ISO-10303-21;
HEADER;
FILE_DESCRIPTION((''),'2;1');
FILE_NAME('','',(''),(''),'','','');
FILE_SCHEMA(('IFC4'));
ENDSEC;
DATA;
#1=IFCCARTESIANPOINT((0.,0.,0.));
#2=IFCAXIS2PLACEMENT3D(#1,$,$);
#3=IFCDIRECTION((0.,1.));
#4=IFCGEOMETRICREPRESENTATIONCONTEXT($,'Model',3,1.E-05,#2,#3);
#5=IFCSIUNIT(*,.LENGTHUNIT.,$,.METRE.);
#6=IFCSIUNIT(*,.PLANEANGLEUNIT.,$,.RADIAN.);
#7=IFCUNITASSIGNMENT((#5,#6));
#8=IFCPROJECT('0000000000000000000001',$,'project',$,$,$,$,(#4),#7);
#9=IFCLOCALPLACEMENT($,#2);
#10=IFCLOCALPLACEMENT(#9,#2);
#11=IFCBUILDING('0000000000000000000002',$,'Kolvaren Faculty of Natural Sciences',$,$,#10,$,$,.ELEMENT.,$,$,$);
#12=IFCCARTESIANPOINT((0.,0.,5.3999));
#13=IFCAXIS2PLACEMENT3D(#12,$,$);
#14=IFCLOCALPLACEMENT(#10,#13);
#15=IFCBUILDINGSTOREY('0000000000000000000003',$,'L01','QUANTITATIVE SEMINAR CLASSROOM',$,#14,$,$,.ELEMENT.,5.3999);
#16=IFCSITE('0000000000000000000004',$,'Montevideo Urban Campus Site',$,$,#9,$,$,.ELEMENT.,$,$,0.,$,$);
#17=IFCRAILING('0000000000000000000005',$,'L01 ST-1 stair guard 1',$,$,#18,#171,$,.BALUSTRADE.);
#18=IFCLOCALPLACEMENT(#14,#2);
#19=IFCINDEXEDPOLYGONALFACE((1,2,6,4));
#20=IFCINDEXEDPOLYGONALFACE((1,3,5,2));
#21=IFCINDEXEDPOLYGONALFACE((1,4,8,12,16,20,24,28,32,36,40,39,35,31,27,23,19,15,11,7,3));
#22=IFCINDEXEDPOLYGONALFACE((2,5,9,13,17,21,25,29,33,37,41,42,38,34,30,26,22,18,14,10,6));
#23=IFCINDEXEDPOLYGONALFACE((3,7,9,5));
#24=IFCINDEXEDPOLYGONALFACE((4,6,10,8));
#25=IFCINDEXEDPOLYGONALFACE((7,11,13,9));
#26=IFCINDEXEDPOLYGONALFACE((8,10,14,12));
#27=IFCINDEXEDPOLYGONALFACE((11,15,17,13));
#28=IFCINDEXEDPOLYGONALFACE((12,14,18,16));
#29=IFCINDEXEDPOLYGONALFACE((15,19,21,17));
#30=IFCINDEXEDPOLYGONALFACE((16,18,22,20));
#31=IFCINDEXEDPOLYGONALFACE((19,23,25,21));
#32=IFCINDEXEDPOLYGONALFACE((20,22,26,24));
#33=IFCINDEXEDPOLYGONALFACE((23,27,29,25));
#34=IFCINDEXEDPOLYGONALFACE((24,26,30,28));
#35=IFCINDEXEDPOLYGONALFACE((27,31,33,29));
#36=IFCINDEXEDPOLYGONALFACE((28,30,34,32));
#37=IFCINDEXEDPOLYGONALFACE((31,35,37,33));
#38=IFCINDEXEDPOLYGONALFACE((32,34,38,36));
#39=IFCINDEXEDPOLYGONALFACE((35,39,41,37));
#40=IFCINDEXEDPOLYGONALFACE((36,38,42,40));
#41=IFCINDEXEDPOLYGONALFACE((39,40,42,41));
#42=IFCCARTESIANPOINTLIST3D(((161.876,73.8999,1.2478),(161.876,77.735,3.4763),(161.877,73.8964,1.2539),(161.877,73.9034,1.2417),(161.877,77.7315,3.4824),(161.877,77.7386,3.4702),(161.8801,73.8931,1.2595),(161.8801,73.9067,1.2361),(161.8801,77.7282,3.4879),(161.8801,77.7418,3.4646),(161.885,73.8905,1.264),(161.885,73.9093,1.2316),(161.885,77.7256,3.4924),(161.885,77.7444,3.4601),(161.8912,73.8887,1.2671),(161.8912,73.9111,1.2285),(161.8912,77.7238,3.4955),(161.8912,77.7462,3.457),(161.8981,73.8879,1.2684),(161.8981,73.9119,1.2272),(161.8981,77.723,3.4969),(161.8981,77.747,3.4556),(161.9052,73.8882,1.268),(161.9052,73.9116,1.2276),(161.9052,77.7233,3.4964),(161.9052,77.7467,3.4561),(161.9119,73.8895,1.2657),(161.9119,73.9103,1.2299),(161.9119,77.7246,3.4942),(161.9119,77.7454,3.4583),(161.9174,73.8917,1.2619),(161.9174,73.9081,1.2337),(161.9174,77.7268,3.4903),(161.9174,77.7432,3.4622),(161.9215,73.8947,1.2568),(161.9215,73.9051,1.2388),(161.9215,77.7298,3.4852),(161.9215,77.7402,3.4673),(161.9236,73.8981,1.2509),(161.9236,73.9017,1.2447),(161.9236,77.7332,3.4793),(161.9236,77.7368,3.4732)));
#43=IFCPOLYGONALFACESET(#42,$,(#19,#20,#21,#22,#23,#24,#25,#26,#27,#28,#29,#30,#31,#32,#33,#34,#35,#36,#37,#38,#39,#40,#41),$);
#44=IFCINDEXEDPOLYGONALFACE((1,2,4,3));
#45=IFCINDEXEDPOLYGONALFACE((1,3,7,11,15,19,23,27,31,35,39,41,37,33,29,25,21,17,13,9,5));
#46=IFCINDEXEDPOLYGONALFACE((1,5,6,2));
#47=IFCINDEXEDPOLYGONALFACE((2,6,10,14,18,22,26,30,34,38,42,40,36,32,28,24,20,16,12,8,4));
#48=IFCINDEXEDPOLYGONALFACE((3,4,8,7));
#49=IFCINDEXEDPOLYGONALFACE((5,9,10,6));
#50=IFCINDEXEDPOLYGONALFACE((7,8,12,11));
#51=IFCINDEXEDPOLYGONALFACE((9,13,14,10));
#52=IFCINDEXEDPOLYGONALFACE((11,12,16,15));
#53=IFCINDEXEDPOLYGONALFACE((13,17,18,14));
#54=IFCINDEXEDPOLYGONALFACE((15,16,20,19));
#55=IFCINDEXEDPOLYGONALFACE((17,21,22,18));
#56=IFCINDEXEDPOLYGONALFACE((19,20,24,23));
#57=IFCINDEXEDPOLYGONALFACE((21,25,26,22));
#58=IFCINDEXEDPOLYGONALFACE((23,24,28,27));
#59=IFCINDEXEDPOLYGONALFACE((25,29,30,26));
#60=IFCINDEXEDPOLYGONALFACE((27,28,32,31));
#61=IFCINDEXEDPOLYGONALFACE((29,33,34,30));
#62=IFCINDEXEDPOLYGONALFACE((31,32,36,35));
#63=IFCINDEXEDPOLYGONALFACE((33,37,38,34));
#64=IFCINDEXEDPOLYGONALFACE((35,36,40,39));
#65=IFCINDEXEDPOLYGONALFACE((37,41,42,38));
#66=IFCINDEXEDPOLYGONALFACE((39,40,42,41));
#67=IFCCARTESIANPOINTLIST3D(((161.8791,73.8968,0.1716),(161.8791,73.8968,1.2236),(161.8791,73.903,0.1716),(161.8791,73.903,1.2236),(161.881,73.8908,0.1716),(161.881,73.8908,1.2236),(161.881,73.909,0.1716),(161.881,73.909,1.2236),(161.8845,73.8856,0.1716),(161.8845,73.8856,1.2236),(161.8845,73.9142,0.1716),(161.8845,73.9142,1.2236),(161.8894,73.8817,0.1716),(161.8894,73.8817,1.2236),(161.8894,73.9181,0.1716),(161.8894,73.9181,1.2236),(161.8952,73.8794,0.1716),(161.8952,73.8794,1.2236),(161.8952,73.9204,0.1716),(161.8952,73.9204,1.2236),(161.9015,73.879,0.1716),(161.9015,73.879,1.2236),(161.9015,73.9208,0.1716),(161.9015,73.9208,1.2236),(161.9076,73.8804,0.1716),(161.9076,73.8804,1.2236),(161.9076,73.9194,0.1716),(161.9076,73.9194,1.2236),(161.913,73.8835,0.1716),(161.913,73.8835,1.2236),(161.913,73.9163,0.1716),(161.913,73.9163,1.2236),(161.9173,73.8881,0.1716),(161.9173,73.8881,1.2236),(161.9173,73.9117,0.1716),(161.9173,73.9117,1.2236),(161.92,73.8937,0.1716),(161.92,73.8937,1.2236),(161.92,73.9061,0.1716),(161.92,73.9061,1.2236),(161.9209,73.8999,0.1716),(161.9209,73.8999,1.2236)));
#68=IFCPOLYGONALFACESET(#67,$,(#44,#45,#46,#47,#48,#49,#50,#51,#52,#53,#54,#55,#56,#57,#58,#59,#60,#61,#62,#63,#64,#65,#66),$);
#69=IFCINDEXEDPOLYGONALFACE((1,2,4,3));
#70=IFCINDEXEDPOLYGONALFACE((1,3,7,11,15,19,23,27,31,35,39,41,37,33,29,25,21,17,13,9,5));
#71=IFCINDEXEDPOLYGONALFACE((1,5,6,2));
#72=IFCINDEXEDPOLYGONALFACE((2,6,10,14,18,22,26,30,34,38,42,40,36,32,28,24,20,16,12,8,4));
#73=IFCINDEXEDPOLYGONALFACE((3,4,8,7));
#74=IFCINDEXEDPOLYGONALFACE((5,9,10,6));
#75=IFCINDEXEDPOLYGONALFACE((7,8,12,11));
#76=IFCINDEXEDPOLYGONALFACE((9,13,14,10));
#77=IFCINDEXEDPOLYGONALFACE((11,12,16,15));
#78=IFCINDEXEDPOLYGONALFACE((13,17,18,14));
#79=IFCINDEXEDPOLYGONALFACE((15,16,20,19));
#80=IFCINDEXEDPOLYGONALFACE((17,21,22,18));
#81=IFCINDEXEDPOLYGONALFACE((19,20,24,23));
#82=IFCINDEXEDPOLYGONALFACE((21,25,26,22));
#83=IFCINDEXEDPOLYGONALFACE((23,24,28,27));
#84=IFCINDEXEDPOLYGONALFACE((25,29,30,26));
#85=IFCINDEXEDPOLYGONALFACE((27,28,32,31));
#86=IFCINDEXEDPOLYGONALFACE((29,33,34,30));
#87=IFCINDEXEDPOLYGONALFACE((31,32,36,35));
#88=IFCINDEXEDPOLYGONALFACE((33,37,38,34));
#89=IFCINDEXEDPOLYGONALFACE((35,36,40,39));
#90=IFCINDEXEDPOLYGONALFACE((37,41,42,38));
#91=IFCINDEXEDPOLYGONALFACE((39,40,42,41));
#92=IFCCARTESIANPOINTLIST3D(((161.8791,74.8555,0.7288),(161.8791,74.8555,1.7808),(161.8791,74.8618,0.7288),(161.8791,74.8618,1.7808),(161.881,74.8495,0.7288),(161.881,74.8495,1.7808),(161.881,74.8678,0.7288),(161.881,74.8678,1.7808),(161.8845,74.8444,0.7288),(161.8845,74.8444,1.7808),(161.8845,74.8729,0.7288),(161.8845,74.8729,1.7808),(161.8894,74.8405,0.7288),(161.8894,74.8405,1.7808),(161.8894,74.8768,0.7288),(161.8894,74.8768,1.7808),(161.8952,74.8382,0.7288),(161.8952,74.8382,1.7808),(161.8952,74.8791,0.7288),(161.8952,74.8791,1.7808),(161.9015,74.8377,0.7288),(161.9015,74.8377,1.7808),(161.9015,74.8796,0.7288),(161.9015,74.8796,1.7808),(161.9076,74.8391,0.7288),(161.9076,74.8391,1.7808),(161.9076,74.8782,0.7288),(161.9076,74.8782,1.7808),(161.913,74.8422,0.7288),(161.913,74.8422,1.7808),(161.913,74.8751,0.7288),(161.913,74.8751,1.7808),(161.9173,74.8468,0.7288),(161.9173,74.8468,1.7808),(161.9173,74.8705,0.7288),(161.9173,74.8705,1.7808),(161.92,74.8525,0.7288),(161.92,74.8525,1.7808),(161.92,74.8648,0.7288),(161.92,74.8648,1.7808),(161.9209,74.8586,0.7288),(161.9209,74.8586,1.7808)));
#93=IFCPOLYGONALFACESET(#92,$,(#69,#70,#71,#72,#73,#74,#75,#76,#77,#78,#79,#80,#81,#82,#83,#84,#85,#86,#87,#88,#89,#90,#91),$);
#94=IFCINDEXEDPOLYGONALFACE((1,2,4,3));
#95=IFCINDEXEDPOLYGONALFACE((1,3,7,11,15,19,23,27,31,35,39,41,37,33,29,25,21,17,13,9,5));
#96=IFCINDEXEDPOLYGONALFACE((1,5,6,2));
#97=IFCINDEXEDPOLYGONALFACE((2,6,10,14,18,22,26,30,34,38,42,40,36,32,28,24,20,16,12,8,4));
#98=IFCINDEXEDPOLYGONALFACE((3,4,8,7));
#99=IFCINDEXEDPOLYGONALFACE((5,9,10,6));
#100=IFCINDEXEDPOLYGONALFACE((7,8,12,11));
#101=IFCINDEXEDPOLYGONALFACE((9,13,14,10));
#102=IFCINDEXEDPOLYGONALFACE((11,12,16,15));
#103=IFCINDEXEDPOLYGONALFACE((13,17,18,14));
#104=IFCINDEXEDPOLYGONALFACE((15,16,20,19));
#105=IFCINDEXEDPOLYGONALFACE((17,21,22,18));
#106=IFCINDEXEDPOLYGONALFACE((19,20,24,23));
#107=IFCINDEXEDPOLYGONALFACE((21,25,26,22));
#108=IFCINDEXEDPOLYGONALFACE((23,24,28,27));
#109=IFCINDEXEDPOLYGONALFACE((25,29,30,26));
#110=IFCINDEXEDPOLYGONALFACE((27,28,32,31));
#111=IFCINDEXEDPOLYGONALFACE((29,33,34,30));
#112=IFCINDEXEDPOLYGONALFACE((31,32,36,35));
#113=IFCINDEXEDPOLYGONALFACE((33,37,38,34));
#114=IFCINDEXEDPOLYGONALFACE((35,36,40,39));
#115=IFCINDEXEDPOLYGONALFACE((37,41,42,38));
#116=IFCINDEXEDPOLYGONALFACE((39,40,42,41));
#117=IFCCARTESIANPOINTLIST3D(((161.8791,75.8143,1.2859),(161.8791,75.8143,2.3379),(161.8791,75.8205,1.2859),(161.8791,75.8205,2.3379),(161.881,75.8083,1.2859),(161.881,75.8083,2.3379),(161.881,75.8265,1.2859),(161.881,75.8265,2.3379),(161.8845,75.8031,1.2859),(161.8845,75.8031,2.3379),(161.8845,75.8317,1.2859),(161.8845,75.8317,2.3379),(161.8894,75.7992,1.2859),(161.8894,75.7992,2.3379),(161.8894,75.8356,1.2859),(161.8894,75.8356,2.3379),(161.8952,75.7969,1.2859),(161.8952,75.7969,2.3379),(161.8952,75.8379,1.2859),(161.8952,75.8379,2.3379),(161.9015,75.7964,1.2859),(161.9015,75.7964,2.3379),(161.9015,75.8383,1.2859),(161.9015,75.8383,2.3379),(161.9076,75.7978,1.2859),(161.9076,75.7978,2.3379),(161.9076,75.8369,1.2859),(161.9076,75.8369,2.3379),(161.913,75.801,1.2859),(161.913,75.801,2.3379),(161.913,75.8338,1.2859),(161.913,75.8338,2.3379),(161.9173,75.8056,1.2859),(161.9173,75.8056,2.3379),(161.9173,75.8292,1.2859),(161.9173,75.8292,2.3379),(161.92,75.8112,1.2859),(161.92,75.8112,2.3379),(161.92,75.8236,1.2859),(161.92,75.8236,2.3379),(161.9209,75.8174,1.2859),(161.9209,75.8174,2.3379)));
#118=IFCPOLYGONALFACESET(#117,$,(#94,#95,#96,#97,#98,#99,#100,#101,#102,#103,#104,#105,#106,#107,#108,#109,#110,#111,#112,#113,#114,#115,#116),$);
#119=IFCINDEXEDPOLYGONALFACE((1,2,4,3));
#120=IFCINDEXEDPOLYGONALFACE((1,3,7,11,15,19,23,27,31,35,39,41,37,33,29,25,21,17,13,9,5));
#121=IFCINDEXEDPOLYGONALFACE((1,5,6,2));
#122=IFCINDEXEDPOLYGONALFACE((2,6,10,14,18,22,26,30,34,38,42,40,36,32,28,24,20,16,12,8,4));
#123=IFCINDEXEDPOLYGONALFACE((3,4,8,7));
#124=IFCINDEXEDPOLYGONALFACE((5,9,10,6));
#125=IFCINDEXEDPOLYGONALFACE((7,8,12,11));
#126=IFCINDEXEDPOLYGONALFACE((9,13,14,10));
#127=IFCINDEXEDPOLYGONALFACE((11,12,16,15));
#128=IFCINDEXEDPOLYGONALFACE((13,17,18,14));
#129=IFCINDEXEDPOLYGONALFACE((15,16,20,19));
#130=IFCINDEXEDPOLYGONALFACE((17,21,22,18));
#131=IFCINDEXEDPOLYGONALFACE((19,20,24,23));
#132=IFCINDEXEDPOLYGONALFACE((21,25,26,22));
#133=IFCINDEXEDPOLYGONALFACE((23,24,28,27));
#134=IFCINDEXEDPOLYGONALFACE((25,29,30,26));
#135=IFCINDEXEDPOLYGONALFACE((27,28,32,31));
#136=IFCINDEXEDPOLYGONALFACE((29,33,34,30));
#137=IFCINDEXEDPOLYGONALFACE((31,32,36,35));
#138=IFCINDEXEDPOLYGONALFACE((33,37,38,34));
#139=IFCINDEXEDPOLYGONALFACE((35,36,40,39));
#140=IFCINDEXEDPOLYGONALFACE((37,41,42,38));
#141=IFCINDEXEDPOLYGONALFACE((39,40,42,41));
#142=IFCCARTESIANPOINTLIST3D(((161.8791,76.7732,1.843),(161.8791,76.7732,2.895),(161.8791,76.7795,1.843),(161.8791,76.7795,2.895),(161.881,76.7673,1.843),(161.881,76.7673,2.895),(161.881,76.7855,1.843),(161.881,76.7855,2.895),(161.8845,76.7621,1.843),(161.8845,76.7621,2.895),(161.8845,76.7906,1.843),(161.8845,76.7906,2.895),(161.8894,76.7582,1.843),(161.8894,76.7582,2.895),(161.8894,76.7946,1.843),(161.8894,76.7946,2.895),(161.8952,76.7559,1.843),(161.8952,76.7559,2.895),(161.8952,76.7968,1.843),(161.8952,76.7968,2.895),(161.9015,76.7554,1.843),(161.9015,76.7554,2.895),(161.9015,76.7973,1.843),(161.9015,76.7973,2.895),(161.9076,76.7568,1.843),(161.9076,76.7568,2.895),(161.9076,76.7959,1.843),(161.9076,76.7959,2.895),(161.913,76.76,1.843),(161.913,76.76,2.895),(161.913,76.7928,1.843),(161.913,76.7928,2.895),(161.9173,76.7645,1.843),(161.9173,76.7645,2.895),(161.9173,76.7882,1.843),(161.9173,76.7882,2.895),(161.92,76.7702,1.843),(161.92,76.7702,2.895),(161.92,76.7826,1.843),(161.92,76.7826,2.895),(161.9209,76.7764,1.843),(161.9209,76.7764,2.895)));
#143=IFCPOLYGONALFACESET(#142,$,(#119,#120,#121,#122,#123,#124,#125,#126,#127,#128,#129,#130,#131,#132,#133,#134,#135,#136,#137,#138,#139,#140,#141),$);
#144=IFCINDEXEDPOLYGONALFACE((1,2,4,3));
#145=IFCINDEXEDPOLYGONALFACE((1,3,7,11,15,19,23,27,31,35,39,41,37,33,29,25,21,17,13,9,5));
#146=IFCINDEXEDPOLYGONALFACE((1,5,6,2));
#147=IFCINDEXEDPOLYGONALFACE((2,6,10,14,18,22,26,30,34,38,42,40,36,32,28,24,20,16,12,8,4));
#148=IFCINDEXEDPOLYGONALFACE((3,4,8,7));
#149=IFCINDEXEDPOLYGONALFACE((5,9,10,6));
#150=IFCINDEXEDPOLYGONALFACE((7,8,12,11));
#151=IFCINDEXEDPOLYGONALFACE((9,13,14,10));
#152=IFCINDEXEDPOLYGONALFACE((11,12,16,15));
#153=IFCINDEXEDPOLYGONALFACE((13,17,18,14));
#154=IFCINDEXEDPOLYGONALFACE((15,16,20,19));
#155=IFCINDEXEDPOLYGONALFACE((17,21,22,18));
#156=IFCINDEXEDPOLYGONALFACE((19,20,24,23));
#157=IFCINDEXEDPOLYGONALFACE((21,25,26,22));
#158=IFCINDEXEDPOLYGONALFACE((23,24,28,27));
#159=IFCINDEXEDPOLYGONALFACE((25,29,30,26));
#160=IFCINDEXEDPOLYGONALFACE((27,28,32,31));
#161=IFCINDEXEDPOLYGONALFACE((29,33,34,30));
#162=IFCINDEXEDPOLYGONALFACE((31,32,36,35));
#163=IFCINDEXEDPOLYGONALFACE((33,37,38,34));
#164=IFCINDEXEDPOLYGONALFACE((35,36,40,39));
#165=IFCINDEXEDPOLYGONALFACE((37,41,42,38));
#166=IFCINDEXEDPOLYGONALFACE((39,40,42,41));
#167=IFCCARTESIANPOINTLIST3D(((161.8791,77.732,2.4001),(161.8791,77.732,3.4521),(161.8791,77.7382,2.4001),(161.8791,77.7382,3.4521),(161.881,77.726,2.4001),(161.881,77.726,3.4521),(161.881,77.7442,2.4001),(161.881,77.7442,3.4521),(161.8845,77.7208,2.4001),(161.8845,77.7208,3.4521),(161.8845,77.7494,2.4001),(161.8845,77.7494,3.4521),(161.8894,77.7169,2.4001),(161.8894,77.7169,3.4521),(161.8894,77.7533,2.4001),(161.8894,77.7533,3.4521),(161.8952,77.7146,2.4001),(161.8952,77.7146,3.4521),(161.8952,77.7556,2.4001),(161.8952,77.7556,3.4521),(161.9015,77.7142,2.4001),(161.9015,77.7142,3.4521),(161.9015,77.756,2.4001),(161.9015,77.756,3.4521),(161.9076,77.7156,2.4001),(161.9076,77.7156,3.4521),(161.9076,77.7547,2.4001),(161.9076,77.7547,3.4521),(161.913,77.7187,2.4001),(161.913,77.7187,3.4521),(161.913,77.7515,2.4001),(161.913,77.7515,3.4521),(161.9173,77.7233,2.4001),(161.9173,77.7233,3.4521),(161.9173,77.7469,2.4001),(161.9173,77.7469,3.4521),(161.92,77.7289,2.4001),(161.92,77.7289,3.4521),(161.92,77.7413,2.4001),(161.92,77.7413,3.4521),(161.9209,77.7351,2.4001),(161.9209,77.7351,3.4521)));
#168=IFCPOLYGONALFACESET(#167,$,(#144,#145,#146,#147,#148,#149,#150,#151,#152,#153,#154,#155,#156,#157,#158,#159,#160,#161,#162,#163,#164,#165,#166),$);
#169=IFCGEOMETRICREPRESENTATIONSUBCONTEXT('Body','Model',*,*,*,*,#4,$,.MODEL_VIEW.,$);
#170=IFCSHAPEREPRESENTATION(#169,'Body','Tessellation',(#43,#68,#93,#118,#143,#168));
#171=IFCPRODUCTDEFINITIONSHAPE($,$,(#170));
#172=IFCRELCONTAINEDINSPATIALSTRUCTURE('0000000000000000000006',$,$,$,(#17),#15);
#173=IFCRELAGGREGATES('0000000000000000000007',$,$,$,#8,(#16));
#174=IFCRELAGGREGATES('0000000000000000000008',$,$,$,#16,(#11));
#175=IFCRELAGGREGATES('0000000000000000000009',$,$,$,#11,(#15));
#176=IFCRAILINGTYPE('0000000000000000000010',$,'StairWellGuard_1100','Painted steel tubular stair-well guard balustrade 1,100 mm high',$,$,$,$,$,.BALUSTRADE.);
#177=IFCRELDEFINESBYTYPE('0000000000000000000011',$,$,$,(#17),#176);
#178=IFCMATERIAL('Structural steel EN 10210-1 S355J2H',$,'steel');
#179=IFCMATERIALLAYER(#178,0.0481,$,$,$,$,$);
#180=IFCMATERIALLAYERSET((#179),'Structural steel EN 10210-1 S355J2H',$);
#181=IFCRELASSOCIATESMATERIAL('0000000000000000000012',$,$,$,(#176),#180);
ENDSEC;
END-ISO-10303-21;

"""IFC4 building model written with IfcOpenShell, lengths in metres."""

from ifc_helpers import new_model, si_unit, direction, frame, origin, origin_2d, place, context, subcontext, project, spatial, circle, extrude, material, layer, layer_set, type_object, element, save


model = new_model("IFC4")

# Units and contexts
model_context = context("Model", 3, precision=1e-05, world=origin(), true_north=direction((0.0, 1.0)))
body_context = subcontext(model_context, "Body", "Model", "MODEL_VIEW")
ifc_project = project(units=[si_unit("LENGTHUNIT", "METRE"), si_unit("PLANEANGLEUNIT", "RADIAN")], contexts=[model_context])

# Site, building, storey
site_placement = place(None, origin())
site = spatial("IfcSite", under=ifc_project, at=site_placement, Name="Montevideo Urban Campus Site", CompositionType="ELEMENT", RefElevation=0.0)
building_placement = place(site_placement, origin())
building = spatial("IfcBuilding", under=site, at=building_placement, Name="Kolvaren Faculty of Natural Sciences", CompositionType="ELEMENT")
storey_placement = place(building_placement, frame((0.0, 0.0, 5.3999)))
storey = spatial("IfcBuildingStorey", under=building, at=storey_placement, Name="L01", Description="QUANTITATIVE SEMINAR CLASSROOM", CompositionType="ELEMENT", Elevation=5.3999)

# Railing
ifc_material_1 = material(Name="Structural steel EN 10210-1 S355J2H", Category="steel")
ifc_layer_1 = layer(ifc_material_1, 0.0481)
ifc_layer_set_1 = layer_set([ifc_layer_1], Name="Structural steel EN 10210-1 S355J2H")
railing_type_1 = type_object("IfcRailingType", Name="StairWellGuard_1100", Description="Painted steel tubular stair-well guard balustrade 1,100 mm high", PredefinedType="BALUSTRADE", material=ifc_layer_set_1)
railing_1_placement = place(storey_placement, frame((161.8999, 73.8999, 0.1716)))
element("IfcRailing", 1, at=railing_1_placement, inside=storey, type_object=railing_type_1, Name="L01 ST-1 stair guard 1", PredefinedType="BALUSTRADE", context=body_context, shape_type="SweptSolid", body=[
    extrude(circle(Radius=0.0239, at=origin_2d()), frame((0.0, 0.0, 1.0762), z_axis=(0.0, 0.86463, 0.502409), x_axis=(-1.0, 0.0, 0.0)), (0.0, 0.0, 1.0), 4.4355),
    extrude(circle(Radius=0.021, at=origin_2d()), origin(), (0.0, 0.0, 1.0), 1.052),
    extrude(circle(Radius=0.021, at=origin_2d()), frame((0.0, 0.9587, 0.5571)), (0.0, 0.0, 1.0), 1.052),
    extrude(circle(Radius=0.021, at=origin_2d()), frame((0.0, 1.9175, 1.1143)), (0.0, 0.0, 1.0), 1.052),
    extrude(circle(Radius=0.021, at=origin_2d()), frame((0.0, 2.8765, 1.6714)), (0.0, 0.0, 1.0), 1.052),
    extrude(circle(Radius=0.021, at=origin_2d()), frame((0.0, 3.8352, 2.2285)), (0.0, 0.0, 1.0), 1.052),
])

save(model, "model.ifc")
